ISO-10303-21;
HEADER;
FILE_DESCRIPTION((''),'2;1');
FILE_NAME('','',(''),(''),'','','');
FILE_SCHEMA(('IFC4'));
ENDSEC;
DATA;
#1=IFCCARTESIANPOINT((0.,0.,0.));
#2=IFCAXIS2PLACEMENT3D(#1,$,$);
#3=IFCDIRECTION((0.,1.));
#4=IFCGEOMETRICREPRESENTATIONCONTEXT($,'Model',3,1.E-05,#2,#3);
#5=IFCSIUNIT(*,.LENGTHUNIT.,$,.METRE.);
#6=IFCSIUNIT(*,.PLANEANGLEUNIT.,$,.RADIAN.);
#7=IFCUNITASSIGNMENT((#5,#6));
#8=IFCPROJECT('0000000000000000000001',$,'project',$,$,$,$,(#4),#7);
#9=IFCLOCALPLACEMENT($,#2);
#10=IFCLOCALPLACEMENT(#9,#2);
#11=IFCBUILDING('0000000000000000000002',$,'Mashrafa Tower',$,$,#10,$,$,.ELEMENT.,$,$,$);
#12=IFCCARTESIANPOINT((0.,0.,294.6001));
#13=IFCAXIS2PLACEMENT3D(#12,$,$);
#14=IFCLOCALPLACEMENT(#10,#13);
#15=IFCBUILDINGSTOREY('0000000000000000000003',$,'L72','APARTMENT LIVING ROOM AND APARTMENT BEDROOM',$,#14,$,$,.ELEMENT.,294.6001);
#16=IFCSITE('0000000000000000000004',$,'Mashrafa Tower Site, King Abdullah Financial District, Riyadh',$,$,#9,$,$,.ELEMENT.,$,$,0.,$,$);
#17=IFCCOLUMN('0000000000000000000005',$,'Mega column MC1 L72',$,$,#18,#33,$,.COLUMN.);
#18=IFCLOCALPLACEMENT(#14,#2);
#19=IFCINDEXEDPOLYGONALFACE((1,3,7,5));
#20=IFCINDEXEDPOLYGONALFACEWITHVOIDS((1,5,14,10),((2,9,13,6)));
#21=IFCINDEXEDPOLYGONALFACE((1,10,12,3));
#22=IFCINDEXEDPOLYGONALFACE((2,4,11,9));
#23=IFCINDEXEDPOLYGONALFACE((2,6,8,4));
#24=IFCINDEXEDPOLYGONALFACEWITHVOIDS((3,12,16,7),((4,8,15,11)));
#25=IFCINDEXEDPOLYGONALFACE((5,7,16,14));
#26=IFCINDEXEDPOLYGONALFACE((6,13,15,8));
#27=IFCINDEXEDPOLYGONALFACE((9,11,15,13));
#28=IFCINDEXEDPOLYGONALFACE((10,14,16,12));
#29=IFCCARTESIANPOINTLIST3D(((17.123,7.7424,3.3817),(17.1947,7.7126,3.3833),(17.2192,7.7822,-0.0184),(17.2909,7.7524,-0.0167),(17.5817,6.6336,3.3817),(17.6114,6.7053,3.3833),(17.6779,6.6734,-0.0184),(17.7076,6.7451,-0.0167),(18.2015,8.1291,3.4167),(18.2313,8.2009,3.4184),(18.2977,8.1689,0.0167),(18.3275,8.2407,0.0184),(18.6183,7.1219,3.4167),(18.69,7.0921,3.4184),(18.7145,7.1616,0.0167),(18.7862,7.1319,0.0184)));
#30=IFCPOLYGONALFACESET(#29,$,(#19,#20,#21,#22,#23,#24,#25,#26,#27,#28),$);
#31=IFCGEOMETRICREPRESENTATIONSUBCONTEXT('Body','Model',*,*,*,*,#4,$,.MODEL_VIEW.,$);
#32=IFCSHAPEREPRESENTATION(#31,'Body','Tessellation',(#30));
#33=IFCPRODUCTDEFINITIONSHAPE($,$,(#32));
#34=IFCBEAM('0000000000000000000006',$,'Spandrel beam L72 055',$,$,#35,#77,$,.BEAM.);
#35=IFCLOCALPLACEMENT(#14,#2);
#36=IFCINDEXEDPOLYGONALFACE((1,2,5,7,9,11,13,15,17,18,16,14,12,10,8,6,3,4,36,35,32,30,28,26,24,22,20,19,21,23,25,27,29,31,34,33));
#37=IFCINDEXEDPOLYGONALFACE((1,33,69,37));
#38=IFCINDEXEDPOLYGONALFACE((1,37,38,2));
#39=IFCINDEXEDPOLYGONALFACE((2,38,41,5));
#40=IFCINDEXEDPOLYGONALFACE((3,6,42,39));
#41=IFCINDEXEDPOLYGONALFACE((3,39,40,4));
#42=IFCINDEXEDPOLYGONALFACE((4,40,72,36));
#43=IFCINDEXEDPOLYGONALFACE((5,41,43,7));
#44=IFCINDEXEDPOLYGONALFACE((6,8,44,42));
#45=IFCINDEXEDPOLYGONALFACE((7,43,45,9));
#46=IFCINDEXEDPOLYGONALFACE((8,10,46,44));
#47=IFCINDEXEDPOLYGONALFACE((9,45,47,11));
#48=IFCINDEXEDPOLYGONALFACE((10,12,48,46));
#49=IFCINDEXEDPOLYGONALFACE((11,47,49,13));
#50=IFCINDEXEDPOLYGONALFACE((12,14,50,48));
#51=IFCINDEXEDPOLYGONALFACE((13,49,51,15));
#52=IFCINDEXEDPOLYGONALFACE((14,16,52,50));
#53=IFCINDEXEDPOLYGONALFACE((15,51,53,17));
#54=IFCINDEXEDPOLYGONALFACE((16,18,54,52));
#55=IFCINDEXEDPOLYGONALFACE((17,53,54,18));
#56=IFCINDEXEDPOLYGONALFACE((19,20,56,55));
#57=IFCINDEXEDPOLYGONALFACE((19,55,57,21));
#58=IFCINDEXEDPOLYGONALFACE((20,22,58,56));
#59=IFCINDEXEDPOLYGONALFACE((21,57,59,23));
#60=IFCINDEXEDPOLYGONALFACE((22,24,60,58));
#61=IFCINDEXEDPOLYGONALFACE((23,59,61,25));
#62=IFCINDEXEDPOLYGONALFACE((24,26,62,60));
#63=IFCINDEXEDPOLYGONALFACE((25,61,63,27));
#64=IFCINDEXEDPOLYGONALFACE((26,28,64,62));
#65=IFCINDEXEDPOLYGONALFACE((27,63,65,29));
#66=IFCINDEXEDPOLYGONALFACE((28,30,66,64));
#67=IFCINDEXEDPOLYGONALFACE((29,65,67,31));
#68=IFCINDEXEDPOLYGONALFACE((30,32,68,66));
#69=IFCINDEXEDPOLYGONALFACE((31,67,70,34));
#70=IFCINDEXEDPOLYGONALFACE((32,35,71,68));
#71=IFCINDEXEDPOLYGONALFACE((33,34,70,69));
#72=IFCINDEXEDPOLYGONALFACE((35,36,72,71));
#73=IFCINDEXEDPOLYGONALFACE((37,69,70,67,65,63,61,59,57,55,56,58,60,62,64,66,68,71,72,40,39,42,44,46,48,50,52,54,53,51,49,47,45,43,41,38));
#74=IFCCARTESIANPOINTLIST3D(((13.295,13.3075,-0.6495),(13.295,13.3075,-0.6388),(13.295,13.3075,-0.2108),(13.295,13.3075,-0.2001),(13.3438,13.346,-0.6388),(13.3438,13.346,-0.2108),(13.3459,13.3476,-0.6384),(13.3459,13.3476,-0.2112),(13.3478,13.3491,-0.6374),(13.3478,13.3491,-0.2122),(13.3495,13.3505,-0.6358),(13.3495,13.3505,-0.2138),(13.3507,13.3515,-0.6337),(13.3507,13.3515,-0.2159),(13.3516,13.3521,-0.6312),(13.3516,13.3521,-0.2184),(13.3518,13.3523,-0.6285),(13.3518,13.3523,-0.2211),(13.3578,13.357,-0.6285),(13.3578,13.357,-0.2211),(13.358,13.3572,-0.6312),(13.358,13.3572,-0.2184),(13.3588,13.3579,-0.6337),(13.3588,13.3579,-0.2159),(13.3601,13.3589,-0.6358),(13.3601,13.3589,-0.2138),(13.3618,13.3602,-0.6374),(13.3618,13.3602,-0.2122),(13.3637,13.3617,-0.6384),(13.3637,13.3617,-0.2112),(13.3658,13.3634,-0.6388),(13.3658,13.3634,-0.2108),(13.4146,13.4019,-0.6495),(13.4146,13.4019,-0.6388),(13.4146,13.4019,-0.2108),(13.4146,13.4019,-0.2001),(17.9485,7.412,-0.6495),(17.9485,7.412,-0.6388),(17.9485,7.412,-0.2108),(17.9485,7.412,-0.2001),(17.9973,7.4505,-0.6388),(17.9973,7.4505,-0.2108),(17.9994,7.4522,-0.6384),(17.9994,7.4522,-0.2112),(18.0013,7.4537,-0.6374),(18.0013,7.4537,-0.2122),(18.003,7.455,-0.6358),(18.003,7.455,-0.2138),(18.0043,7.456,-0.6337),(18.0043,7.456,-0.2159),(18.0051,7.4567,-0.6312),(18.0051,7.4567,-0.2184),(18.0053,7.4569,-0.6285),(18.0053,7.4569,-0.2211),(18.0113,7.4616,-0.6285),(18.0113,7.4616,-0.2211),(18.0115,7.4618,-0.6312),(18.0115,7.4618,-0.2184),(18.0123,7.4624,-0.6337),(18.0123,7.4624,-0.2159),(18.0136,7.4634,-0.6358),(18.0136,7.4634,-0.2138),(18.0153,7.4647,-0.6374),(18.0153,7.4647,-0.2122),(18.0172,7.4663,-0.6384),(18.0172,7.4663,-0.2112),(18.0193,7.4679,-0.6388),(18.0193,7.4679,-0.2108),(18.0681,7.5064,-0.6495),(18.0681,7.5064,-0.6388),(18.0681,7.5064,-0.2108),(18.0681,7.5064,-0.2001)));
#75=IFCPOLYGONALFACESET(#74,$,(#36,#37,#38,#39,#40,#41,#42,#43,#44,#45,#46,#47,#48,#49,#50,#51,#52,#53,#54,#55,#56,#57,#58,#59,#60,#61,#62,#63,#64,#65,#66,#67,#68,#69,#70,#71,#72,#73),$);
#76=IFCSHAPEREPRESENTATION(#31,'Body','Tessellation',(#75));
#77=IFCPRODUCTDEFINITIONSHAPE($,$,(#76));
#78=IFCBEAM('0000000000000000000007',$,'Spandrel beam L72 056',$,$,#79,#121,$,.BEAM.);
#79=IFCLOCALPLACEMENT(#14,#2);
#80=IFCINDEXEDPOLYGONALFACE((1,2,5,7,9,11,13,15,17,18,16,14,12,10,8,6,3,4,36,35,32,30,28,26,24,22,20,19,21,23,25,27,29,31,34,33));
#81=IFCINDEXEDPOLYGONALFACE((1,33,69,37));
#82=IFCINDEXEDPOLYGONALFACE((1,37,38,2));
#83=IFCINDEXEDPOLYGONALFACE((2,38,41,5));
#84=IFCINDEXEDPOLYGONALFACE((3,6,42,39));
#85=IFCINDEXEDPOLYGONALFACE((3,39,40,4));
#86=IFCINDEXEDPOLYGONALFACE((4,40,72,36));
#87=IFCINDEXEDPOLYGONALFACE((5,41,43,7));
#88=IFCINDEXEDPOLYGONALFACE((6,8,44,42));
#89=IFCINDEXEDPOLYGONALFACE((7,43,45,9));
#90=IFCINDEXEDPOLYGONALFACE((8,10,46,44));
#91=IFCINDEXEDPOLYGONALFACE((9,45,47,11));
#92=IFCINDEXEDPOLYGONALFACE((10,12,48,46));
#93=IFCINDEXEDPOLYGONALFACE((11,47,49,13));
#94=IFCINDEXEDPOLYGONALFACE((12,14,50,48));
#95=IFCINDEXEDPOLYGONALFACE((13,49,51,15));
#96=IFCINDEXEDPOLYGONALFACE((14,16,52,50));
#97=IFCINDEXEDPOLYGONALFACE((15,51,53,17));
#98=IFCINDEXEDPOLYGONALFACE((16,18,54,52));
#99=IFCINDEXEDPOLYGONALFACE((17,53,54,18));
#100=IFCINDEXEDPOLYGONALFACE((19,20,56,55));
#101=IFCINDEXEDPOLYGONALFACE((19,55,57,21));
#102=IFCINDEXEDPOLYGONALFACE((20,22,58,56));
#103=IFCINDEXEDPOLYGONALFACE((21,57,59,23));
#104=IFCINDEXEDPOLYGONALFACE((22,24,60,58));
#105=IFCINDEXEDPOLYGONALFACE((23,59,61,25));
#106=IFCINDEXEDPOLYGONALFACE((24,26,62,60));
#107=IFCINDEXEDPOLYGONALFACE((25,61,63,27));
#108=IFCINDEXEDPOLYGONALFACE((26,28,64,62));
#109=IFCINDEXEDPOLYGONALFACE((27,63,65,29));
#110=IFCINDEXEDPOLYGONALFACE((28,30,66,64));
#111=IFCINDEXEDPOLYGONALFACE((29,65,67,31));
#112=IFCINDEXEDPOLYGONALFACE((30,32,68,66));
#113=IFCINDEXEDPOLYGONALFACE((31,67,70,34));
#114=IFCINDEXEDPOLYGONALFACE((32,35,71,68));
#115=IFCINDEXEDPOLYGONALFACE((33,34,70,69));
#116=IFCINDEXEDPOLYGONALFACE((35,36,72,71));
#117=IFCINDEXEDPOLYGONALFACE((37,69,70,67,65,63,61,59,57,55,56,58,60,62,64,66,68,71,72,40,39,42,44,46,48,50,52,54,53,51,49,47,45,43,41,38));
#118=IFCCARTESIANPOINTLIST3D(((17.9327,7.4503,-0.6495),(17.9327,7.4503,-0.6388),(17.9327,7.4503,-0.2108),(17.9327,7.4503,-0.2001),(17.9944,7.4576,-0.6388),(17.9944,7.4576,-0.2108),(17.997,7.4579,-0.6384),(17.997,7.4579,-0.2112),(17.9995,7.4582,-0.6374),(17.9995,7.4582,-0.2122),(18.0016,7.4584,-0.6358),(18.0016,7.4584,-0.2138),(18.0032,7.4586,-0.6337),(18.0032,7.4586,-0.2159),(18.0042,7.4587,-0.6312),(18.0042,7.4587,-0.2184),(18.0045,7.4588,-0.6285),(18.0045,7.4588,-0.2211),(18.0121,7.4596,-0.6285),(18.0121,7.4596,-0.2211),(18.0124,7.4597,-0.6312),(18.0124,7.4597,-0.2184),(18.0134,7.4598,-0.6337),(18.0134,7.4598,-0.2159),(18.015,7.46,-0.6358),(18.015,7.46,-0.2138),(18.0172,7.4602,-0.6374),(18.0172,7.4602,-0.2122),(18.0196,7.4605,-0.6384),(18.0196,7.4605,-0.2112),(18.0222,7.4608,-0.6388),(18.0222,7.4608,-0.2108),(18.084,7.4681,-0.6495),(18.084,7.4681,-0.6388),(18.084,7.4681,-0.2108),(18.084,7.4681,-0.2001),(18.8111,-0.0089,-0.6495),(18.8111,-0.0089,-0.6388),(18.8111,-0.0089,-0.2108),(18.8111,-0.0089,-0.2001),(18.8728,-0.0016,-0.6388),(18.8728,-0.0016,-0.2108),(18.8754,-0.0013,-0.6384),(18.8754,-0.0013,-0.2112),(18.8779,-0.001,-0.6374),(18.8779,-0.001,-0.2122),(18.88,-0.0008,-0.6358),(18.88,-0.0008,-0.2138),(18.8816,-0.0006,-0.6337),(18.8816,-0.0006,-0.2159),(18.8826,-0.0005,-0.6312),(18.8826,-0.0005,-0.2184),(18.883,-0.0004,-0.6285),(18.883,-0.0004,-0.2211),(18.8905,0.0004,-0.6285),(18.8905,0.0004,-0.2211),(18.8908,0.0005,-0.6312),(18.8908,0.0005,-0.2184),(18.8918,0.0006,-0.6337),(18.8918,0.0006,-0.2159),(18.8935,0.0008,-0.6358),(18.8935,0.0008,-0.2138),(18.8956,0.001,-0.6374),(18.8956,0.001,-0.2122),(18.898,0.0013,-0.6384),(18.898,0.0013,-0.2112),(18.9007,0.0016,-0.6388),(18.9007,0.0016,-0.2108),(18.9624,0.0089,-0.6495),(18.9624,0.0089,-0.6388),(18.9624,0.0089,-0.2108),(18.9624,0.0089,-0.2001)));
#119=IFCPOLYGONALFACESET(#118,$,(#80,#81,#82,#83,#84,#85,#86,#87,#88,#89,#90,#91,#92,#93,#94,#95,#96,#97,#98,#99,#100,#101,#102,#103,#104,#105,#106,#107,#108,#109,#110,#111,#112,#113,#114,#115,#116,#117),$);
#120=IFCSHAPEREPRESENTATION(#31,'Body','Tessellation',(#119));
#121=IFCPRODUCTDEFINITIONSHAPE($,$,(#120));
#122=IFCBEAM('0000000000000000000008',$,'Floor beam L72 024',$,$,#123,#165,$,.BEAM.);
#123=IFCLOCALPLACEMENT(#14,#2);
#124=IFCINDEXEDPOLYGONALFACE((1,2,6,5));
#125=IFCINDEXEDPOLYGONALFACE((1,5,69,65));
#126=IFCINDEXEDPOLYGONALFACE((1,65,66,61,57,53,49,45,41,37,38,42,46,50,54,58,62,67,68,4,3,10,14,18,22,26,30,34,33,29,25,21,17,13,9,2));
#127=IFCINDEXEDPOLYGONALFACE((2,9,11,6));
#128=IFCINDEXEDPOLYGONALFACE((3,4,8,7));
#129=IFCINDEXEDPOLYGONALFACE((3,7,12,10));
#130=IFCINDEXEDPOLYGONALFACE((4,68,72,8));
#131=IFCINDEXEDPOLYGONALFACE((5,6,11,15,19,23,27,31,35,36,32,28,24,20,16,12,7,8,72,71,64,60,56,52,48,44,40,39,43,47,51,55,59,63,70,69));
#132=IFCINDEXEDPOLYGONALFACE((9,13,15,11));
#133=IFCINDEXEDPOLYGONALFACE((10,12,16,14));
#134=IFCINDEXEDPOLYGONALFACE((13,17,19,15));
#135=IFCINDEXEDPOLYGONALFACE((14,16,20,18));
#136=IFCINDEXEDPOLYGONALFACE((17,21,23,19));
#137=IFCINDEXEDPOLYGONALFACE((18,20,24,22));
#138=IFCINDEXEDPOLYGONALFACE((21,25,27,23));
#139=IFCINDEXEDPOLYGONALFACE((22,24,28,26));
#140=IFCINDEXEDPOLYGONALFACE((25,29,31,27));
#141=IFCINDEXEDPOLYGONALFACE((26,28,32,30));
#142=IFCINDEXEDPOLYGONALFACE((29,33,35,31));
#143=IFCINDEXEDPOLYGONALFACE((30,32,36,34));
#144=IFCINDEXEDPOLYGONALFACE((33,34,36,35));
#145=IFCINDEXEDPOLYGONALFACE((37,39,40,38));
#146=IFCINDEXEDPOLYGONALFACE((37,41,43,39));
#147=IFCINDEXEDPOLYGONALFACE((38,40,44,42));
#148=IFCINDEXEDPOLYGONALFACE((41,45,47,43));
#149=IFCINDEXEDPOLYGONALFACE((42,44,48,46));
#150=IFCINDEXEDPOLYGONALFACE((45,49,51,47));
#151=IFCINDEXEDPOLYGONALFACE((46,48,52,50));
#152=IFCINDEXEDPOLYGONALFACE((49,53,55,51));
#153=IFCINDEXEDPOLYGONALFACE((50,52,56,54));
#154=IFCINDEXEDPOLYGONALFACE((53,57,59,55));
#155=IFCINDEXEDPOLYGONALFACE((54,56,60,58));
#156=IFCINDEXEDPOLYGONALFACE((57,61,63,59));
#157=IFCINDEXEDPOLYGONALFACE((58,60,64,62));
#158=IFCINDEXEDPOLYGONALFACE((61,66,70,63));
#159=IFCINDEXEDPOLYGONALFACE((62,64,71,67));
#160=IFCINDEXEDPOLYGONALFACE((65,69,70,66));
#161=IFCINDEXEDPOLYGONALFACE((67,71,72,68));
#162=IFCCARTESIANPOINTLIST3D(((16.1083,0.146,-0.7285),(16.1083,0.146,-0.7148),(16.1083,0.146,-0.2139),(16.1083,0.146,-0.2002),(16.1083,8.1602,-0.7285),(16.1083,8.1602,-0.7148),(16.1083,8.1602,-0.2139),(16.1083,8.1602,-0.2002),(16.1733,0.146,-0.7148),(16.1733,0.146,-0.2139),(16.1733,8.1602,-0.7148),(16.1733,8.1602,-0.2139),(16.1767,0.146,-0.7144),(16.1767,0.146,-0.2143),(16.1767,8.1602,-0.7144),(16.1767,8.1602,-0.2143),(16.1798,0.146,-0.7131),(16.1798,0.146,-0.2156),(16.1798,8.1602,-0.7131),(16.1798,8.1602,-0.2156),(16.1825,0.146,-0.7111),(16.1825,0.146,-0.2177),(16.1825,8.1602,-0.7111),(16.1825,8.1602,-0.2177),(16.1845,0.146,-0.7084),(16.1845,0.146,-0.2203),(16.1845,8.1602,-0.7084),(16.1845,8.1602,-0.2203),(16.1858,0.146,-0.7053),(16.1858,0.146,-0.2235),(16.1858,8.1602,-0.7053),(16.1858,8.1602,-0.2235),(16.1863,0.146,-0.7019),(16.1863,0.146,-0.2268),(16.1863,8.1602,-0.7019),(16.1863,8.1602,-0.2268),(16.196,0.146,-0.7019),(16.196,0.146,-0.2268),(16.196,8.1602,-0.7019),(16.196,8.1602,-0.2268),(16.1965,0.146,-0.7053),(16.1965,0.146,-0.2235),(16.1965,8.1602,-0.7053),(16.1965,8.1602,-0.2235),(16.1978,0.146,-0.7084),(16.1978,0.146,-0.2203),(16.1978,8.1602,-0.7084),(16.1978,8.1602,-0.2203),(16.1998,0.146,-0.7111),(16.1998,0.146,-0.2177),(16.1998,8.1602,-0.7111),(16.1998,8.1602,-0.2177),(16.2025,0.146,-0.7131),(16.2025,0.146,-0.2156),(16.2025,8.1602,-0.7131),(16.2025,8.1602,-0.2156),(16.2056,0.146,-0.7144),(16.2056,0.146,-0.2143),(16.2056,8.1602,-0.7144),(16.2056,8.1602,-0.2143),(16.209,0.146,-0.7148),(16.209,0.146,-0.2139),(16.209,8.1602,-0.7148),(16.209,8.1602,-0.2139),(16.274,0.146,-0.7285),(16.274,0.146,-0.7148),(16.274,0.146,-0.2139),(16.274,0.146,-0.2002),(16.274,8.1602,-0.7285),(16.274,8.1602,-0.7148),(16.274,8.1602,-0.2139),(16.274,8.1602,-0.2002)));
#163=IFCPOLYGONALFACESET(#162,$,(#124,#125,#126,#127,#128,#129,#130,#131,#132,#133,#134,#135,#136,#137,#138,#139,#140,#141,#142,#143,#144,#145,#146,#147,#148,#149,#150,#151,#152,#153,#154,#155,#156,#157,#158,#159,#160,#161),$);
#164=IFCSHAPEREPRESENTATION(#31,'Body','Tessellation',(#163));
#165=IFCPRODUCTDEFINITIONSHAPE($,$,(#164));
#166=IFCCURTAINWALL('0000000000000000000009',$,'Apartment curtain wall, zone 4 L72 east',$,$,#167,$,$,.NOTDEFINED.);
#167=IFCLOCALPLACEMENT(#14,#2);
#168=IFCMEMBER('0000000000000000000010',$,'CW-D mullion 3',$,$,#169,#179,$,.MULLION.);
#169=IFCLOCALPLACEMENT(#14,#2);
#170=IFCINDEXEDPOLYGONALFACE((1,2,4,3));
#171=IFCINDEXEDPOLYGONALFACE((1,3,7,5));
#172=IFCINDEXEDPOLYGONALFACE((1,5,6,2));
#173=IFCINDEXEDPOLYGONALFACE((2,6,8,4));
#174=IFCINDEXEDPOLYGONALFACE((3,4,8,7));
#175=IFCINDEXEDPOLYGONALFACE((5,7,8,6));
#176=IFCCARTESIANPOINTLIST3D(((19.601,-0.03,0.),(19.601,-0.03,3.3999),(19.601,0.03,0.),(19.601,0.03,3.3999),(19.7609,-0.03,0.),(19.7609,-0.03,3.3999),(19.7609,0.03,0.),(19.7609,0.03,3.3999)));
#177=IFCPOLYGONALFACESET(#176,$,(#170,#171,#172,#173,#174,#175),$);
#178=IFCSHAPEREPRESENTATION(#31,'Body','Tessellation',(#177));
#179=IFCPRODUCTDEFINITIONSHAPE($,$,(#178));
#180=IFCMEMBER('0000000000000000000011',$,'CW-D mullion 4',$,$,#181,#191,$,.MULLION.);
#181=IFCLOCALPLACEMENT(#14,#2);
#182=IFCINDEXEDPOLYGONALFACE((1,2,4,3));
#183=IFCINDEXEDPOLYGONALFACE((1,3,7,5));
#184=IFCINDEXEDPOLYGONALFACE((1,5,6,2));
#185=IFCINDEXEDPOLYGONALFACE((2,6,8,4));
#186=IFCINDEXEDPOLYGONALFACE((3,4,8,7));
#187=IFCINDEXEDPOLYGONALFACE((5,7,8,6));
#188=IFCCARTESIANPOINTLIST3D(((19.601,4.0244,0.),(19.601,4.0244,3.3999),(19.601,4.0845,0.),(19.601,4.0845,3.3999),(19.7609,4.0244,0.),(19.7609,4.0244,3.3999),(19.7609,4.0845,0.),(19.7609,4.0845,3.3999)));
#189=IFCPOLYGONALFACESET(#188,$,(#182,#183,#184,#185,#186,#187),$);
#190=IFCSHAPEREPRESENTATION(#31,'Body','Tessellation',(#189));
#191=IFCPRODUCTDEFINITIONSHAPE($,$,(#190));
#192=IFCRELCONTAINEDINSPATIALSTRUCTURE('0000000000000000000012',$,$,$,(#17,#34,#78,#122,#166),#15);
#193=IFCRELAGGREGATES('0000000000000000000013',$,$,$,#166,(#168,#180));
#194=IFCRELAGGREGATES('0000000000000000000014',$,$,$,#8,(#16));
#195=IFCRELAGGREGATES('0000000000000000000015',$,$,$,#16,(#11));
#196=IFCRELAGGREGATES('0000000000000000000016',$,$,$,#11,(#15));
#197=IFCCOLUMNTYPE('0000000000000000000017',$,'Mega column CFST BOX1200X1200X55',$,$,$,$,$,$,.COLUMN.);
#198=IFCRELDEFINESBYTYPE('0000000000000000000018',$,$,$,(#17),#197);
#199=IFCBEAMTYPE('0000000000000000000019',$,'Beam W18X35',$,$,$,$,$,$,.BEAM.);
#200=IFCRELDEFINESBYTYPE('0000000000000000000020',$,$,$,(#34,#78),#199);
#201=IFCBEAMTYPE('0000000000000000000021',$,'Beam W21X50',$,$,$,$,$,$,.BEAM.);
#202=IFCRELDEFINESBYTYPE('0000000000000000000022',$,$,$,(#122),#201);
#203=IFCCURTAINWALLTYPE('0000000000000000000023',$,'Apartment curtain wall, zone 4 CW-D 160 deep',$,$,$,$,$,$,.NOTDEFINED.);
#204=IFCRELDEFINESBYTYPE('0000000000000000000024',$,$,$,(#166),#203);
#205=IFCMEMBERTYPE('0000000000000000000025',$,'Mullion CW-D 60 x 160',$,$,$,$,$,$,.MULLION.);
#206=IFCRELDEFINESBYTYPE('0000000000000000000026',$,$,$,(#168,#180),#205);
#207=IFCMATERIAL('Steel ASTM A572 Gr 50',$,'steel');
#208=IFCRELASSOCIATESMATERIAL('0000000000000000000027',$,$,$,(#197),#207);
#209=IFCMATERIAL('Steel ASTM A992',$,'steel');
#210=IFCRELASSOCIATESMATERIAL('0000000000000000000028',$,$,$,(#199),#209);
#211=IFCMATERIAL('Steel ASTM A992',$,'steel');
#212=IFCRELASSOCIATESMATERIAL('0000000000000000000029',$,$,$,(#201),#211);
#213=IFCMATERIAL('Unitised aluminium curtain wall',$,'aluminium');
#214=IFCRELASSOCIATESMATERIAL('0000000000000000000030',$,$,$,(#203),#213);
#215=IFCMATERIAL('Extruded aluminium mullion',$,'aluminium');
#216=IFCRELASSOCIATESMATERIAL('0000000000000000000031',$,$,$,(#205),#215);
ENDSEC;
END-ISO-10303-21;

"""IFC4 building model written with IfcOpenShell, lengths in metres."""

from ifc_helpers import new_model, si_unit, direction, frame, origin, origin_2d, place, context, subcontext, project, spatial, rectangle, hollow_rectangle, i_section, extrude, source, transform, mapped, material, material_profile, profile_set, type_object, type_shapes, element, aggregate, save


model = new_model("IFC4")

# Units and contexts
model_context = context("Model", 3, precision=1e-05, world=origin(), true_north=direction((0.0, 1.0)))
body_context = subcontext(model_context, "Body", "Model", "MODEL_VIEW")
ifc_project = project(units=[si_unit("LENGTHUNIT", "METRE"), si_unit("PLANEANGLEUNIT", "RADIAN")], contexts=[model_context])

# Site, building, storey
site_placement = place(None, origin())
site = spatial("IfcSite", under=ifc_project, at=site_placement, Name="Mashrafa Tower Site, King Abdullah Financial District, Riyadh", CompositionType="ELEMENT", RefElevation=0.0)
building_placement = place(site_placement, origin())
building = spatial("IfcBuilding", under=site, at=building_placement, Name="Mashrafa Tower", CompositionType="ELEMENT")
storey_placement = place(building_placement, frame((0.0, 0.0, 294.6001)))
storey = spatial("IfcBuildingStorey", under=building, at=storey_placement, Name="L72", Description="APARTMENT LIVING ROOM AND APARTMENT BEDROOM", CompositionType="ELEMENT", Elevation=294.6001)

# Column
ifc_material_1 = material(Name="Steel ASTM A572 Gr 50", Category="steel")
ifc_material_profile_1 = material_profile(ifc_material_1, hollow_rectangle(XDim=1.2, YDim=1.2, WallThickness=0.0549, at=origin_2d()), Name="BOX1200X1200X55")
ifc_profile_set_1 = profile_set([ifc_material_profile_1], Name="Steel ASTM A572 Gr 50")
column_type = type_object("IfcColumnType", Name="Mega column CFST BOX1200X1200X55", PredefinedType="COLUMN", material=ifc_profile_set_1)
column_placement = place(storey_placement, frame((18.0027, 7.457, 0.0), z_axis=(-0.028279, -0.011699, 0.999532), x_axis=(0.382283, -0.924045, 0.0)))
element("IfcColumn", 1, at=column_placement, inside=storey, type_object=column_type, Name="Mega column MC1 L72", PredefinedType="COLUMN", context=body_context, shape_type="SweptSolid", body=[
    extrude(hollow_rectangle(XDim=1.2, YDim=1.2, WallThickness=0.0549, at=origin_2d()), origin(), (0.0, 0.0, 1.0), 3.4016),
])

# Beams
ifc_material_2 = material(Name="Steel ASTM A992", Category="steel")
ifc_material_profile_2 = material_profile(ifc_material_2, i_section(OverallWidth=0.1523, OverallDepth=0.4495, WebThickness=0.0076, FlangeThickness=0.0107, FilletRadius=0.0103, at=origin_2d()), Name="W18X35")
ifc_profile_set_2 = profile_set([ifc_material_profile_2], Name="Steel ASTM A992")
beam_type_1 = type_object("IfcBeamType", Name="Beam W18X35", PredefinedType="BEAM", material=ifc_profile_set_2)
for number, where, z_axis, x_axis, name in (
    (2, (18.0083, 7.4592, -0.4248), (-0.61958, 0.784934, 0.0), (-0.784934, -0.61958, 0.0), "Spandrel beam L72 055"),
    (3, (18.8867, 0.0, -0.4248), (-0.116954, 0.993137, 0.0), (-0.993137, -0.116954, 0.0), "Spandrel beam L72 056"),
):
    element("IfcBeam", number, at=place(storey_placement, frame(where, z_axis=z_axis, x_axis=x_axis)), inside=storey, type_object=beam_type_1, Name=name, PredefinedType="BEAM", context=body_context, shape_type="SweptSolid", body=[
        extrude(i_section(OverallWidth=0.1523, OverallDepth=0.4495, WebThickness=0.0076, FlangeThickness=0.0107, FilletRadius=0.0103, at=origin_2d()), origin(), (0.0, 0.0, 1.0), 7.5107),
    ])
ifc_material_3 = material(Name="Steel ASTM A992", Category="steel")
ifc_material_profile_3 = material_profile(ifc_material_3, i_section(OverallWidth=0.1658, OverallDepth=0.5283, WebThickness=0.0098, FlangeThickness=0.0137, FilletRadius=0.0129, at=origin_2d()), Name="W21X50")
ifc_profile_set_3 = profile_set([ifc_material_profile_3], Name="Steel ASTM A992")
beam_type_2 = type_object("IfcBeamType", Name="Beam W21X50", PredefinedType="BEAM", material=ifc_profile_set_3)
beam_placement = place(storey_placement, frame((16.1912, 8.1602, -0.4644), z_axis=(0.0, -1.0, 0.0), x_axis=(1.0, 0.0, 0.0)))
element("IfcBeam", 4, at=beam_placement, inside=storey, type_object=beam_type_2, Name="Floor beam L72 024", PredefinedType="BEAM", context=body_context, shape_type="SweptSolid", body=[
    extrude(i_section(OverallWidth=0.1658, OverallDepth=0.5283, WebThickness=0.0098, FlangeThickness=0.0137, FilletRadius=0.0129, at=origin_2d()), origin(), (0.0, 0.0, 1.0), 8.0142),
])

# Curtain wall, members
ifc_material_4 = material(Name="Unitised aluminium curtain wall", Category="aluminium")
curtain_wall_type = type_object("IfcCurtainWallType", Name="Apartment curtain wall, zone 4 CW-D 160 deep", PredefinedType="NOTDEFINED", material=ifc_material_4)
curtain_wall_placement = place(storey_placement, origin())
curtain_wall = element("IfcCurtainWall", 5, at=curtain_wall_placement, inside=storey, type_object=curtain_wall_type, Name="Apartment curtain wall, zone 4 L72 east", PredefinedType="NOTDEFINED")
ifc_material_5 = material(Name="Extruded aluminium mullion", Category="aluminium")
ifc_material_profile_4 = material_profile(ifc_material_5, rectangle(XDim=0.1599, YDim=0.0601, at=origin_2d()), Name="Mullion 60x160")
ifc_profile_set_4 = profile_set([ifc_material_profile_4], Name="Extruded aluminium mullion")
member_type_1 = type_object("IfcMemberType", Name="Mullion CW-D 60 x 160", PredefinedType="MULLION", material=ifc_profile_set_4)
shared_shape_1 = source(origin(), body_context, "Body", "SweptSolid", [
    extrude(rectangle(XDim=0.1599, YDim=0.0601, at=origin_2d()), origin(), (0.0, 0.0, 1.0), 3.3999),
])
type_shapes(member_type_1, [shared_shape_1])
member_1_placement = place(storey_placement, frame((19.6809, 0.0, 0.0), z_axis=(0.0, 0.0, 1.0), x_axis=(-1.0, 0.0, 0.0)))
member_1 = element("IfcMember", 6, at=member_1_placement, type_object=member_type_1, Name="CW-D mullion 3", PredefinedType="MULLION", context=body_context, shape_type="MappedRepresentation", body=[
    mapped(shared_shape_1, transform((0.0, 0.0, 0.0))),
])
member_2_placement = place(storey_placement, frame((19.6809, 4.0544, 0.0), z_axis=(0.0, 0.0, 1.0), x_axis=(-1.0, 0.0, 0.0)))
member_2 = element("IfcMember", 7, at=member_2_placement, type_object=member_type_1, Name="CW-D mullion 4", PredefinedType="MULLION", context=body_context, shape_type="MappedRepresentation", body=[
    mapped(shared_shape_1, transform((0.0, 0.0, 0.0))),
])
aggregate(curtain_wall, [member_1, member_2])

save(model, "model.ifc")
